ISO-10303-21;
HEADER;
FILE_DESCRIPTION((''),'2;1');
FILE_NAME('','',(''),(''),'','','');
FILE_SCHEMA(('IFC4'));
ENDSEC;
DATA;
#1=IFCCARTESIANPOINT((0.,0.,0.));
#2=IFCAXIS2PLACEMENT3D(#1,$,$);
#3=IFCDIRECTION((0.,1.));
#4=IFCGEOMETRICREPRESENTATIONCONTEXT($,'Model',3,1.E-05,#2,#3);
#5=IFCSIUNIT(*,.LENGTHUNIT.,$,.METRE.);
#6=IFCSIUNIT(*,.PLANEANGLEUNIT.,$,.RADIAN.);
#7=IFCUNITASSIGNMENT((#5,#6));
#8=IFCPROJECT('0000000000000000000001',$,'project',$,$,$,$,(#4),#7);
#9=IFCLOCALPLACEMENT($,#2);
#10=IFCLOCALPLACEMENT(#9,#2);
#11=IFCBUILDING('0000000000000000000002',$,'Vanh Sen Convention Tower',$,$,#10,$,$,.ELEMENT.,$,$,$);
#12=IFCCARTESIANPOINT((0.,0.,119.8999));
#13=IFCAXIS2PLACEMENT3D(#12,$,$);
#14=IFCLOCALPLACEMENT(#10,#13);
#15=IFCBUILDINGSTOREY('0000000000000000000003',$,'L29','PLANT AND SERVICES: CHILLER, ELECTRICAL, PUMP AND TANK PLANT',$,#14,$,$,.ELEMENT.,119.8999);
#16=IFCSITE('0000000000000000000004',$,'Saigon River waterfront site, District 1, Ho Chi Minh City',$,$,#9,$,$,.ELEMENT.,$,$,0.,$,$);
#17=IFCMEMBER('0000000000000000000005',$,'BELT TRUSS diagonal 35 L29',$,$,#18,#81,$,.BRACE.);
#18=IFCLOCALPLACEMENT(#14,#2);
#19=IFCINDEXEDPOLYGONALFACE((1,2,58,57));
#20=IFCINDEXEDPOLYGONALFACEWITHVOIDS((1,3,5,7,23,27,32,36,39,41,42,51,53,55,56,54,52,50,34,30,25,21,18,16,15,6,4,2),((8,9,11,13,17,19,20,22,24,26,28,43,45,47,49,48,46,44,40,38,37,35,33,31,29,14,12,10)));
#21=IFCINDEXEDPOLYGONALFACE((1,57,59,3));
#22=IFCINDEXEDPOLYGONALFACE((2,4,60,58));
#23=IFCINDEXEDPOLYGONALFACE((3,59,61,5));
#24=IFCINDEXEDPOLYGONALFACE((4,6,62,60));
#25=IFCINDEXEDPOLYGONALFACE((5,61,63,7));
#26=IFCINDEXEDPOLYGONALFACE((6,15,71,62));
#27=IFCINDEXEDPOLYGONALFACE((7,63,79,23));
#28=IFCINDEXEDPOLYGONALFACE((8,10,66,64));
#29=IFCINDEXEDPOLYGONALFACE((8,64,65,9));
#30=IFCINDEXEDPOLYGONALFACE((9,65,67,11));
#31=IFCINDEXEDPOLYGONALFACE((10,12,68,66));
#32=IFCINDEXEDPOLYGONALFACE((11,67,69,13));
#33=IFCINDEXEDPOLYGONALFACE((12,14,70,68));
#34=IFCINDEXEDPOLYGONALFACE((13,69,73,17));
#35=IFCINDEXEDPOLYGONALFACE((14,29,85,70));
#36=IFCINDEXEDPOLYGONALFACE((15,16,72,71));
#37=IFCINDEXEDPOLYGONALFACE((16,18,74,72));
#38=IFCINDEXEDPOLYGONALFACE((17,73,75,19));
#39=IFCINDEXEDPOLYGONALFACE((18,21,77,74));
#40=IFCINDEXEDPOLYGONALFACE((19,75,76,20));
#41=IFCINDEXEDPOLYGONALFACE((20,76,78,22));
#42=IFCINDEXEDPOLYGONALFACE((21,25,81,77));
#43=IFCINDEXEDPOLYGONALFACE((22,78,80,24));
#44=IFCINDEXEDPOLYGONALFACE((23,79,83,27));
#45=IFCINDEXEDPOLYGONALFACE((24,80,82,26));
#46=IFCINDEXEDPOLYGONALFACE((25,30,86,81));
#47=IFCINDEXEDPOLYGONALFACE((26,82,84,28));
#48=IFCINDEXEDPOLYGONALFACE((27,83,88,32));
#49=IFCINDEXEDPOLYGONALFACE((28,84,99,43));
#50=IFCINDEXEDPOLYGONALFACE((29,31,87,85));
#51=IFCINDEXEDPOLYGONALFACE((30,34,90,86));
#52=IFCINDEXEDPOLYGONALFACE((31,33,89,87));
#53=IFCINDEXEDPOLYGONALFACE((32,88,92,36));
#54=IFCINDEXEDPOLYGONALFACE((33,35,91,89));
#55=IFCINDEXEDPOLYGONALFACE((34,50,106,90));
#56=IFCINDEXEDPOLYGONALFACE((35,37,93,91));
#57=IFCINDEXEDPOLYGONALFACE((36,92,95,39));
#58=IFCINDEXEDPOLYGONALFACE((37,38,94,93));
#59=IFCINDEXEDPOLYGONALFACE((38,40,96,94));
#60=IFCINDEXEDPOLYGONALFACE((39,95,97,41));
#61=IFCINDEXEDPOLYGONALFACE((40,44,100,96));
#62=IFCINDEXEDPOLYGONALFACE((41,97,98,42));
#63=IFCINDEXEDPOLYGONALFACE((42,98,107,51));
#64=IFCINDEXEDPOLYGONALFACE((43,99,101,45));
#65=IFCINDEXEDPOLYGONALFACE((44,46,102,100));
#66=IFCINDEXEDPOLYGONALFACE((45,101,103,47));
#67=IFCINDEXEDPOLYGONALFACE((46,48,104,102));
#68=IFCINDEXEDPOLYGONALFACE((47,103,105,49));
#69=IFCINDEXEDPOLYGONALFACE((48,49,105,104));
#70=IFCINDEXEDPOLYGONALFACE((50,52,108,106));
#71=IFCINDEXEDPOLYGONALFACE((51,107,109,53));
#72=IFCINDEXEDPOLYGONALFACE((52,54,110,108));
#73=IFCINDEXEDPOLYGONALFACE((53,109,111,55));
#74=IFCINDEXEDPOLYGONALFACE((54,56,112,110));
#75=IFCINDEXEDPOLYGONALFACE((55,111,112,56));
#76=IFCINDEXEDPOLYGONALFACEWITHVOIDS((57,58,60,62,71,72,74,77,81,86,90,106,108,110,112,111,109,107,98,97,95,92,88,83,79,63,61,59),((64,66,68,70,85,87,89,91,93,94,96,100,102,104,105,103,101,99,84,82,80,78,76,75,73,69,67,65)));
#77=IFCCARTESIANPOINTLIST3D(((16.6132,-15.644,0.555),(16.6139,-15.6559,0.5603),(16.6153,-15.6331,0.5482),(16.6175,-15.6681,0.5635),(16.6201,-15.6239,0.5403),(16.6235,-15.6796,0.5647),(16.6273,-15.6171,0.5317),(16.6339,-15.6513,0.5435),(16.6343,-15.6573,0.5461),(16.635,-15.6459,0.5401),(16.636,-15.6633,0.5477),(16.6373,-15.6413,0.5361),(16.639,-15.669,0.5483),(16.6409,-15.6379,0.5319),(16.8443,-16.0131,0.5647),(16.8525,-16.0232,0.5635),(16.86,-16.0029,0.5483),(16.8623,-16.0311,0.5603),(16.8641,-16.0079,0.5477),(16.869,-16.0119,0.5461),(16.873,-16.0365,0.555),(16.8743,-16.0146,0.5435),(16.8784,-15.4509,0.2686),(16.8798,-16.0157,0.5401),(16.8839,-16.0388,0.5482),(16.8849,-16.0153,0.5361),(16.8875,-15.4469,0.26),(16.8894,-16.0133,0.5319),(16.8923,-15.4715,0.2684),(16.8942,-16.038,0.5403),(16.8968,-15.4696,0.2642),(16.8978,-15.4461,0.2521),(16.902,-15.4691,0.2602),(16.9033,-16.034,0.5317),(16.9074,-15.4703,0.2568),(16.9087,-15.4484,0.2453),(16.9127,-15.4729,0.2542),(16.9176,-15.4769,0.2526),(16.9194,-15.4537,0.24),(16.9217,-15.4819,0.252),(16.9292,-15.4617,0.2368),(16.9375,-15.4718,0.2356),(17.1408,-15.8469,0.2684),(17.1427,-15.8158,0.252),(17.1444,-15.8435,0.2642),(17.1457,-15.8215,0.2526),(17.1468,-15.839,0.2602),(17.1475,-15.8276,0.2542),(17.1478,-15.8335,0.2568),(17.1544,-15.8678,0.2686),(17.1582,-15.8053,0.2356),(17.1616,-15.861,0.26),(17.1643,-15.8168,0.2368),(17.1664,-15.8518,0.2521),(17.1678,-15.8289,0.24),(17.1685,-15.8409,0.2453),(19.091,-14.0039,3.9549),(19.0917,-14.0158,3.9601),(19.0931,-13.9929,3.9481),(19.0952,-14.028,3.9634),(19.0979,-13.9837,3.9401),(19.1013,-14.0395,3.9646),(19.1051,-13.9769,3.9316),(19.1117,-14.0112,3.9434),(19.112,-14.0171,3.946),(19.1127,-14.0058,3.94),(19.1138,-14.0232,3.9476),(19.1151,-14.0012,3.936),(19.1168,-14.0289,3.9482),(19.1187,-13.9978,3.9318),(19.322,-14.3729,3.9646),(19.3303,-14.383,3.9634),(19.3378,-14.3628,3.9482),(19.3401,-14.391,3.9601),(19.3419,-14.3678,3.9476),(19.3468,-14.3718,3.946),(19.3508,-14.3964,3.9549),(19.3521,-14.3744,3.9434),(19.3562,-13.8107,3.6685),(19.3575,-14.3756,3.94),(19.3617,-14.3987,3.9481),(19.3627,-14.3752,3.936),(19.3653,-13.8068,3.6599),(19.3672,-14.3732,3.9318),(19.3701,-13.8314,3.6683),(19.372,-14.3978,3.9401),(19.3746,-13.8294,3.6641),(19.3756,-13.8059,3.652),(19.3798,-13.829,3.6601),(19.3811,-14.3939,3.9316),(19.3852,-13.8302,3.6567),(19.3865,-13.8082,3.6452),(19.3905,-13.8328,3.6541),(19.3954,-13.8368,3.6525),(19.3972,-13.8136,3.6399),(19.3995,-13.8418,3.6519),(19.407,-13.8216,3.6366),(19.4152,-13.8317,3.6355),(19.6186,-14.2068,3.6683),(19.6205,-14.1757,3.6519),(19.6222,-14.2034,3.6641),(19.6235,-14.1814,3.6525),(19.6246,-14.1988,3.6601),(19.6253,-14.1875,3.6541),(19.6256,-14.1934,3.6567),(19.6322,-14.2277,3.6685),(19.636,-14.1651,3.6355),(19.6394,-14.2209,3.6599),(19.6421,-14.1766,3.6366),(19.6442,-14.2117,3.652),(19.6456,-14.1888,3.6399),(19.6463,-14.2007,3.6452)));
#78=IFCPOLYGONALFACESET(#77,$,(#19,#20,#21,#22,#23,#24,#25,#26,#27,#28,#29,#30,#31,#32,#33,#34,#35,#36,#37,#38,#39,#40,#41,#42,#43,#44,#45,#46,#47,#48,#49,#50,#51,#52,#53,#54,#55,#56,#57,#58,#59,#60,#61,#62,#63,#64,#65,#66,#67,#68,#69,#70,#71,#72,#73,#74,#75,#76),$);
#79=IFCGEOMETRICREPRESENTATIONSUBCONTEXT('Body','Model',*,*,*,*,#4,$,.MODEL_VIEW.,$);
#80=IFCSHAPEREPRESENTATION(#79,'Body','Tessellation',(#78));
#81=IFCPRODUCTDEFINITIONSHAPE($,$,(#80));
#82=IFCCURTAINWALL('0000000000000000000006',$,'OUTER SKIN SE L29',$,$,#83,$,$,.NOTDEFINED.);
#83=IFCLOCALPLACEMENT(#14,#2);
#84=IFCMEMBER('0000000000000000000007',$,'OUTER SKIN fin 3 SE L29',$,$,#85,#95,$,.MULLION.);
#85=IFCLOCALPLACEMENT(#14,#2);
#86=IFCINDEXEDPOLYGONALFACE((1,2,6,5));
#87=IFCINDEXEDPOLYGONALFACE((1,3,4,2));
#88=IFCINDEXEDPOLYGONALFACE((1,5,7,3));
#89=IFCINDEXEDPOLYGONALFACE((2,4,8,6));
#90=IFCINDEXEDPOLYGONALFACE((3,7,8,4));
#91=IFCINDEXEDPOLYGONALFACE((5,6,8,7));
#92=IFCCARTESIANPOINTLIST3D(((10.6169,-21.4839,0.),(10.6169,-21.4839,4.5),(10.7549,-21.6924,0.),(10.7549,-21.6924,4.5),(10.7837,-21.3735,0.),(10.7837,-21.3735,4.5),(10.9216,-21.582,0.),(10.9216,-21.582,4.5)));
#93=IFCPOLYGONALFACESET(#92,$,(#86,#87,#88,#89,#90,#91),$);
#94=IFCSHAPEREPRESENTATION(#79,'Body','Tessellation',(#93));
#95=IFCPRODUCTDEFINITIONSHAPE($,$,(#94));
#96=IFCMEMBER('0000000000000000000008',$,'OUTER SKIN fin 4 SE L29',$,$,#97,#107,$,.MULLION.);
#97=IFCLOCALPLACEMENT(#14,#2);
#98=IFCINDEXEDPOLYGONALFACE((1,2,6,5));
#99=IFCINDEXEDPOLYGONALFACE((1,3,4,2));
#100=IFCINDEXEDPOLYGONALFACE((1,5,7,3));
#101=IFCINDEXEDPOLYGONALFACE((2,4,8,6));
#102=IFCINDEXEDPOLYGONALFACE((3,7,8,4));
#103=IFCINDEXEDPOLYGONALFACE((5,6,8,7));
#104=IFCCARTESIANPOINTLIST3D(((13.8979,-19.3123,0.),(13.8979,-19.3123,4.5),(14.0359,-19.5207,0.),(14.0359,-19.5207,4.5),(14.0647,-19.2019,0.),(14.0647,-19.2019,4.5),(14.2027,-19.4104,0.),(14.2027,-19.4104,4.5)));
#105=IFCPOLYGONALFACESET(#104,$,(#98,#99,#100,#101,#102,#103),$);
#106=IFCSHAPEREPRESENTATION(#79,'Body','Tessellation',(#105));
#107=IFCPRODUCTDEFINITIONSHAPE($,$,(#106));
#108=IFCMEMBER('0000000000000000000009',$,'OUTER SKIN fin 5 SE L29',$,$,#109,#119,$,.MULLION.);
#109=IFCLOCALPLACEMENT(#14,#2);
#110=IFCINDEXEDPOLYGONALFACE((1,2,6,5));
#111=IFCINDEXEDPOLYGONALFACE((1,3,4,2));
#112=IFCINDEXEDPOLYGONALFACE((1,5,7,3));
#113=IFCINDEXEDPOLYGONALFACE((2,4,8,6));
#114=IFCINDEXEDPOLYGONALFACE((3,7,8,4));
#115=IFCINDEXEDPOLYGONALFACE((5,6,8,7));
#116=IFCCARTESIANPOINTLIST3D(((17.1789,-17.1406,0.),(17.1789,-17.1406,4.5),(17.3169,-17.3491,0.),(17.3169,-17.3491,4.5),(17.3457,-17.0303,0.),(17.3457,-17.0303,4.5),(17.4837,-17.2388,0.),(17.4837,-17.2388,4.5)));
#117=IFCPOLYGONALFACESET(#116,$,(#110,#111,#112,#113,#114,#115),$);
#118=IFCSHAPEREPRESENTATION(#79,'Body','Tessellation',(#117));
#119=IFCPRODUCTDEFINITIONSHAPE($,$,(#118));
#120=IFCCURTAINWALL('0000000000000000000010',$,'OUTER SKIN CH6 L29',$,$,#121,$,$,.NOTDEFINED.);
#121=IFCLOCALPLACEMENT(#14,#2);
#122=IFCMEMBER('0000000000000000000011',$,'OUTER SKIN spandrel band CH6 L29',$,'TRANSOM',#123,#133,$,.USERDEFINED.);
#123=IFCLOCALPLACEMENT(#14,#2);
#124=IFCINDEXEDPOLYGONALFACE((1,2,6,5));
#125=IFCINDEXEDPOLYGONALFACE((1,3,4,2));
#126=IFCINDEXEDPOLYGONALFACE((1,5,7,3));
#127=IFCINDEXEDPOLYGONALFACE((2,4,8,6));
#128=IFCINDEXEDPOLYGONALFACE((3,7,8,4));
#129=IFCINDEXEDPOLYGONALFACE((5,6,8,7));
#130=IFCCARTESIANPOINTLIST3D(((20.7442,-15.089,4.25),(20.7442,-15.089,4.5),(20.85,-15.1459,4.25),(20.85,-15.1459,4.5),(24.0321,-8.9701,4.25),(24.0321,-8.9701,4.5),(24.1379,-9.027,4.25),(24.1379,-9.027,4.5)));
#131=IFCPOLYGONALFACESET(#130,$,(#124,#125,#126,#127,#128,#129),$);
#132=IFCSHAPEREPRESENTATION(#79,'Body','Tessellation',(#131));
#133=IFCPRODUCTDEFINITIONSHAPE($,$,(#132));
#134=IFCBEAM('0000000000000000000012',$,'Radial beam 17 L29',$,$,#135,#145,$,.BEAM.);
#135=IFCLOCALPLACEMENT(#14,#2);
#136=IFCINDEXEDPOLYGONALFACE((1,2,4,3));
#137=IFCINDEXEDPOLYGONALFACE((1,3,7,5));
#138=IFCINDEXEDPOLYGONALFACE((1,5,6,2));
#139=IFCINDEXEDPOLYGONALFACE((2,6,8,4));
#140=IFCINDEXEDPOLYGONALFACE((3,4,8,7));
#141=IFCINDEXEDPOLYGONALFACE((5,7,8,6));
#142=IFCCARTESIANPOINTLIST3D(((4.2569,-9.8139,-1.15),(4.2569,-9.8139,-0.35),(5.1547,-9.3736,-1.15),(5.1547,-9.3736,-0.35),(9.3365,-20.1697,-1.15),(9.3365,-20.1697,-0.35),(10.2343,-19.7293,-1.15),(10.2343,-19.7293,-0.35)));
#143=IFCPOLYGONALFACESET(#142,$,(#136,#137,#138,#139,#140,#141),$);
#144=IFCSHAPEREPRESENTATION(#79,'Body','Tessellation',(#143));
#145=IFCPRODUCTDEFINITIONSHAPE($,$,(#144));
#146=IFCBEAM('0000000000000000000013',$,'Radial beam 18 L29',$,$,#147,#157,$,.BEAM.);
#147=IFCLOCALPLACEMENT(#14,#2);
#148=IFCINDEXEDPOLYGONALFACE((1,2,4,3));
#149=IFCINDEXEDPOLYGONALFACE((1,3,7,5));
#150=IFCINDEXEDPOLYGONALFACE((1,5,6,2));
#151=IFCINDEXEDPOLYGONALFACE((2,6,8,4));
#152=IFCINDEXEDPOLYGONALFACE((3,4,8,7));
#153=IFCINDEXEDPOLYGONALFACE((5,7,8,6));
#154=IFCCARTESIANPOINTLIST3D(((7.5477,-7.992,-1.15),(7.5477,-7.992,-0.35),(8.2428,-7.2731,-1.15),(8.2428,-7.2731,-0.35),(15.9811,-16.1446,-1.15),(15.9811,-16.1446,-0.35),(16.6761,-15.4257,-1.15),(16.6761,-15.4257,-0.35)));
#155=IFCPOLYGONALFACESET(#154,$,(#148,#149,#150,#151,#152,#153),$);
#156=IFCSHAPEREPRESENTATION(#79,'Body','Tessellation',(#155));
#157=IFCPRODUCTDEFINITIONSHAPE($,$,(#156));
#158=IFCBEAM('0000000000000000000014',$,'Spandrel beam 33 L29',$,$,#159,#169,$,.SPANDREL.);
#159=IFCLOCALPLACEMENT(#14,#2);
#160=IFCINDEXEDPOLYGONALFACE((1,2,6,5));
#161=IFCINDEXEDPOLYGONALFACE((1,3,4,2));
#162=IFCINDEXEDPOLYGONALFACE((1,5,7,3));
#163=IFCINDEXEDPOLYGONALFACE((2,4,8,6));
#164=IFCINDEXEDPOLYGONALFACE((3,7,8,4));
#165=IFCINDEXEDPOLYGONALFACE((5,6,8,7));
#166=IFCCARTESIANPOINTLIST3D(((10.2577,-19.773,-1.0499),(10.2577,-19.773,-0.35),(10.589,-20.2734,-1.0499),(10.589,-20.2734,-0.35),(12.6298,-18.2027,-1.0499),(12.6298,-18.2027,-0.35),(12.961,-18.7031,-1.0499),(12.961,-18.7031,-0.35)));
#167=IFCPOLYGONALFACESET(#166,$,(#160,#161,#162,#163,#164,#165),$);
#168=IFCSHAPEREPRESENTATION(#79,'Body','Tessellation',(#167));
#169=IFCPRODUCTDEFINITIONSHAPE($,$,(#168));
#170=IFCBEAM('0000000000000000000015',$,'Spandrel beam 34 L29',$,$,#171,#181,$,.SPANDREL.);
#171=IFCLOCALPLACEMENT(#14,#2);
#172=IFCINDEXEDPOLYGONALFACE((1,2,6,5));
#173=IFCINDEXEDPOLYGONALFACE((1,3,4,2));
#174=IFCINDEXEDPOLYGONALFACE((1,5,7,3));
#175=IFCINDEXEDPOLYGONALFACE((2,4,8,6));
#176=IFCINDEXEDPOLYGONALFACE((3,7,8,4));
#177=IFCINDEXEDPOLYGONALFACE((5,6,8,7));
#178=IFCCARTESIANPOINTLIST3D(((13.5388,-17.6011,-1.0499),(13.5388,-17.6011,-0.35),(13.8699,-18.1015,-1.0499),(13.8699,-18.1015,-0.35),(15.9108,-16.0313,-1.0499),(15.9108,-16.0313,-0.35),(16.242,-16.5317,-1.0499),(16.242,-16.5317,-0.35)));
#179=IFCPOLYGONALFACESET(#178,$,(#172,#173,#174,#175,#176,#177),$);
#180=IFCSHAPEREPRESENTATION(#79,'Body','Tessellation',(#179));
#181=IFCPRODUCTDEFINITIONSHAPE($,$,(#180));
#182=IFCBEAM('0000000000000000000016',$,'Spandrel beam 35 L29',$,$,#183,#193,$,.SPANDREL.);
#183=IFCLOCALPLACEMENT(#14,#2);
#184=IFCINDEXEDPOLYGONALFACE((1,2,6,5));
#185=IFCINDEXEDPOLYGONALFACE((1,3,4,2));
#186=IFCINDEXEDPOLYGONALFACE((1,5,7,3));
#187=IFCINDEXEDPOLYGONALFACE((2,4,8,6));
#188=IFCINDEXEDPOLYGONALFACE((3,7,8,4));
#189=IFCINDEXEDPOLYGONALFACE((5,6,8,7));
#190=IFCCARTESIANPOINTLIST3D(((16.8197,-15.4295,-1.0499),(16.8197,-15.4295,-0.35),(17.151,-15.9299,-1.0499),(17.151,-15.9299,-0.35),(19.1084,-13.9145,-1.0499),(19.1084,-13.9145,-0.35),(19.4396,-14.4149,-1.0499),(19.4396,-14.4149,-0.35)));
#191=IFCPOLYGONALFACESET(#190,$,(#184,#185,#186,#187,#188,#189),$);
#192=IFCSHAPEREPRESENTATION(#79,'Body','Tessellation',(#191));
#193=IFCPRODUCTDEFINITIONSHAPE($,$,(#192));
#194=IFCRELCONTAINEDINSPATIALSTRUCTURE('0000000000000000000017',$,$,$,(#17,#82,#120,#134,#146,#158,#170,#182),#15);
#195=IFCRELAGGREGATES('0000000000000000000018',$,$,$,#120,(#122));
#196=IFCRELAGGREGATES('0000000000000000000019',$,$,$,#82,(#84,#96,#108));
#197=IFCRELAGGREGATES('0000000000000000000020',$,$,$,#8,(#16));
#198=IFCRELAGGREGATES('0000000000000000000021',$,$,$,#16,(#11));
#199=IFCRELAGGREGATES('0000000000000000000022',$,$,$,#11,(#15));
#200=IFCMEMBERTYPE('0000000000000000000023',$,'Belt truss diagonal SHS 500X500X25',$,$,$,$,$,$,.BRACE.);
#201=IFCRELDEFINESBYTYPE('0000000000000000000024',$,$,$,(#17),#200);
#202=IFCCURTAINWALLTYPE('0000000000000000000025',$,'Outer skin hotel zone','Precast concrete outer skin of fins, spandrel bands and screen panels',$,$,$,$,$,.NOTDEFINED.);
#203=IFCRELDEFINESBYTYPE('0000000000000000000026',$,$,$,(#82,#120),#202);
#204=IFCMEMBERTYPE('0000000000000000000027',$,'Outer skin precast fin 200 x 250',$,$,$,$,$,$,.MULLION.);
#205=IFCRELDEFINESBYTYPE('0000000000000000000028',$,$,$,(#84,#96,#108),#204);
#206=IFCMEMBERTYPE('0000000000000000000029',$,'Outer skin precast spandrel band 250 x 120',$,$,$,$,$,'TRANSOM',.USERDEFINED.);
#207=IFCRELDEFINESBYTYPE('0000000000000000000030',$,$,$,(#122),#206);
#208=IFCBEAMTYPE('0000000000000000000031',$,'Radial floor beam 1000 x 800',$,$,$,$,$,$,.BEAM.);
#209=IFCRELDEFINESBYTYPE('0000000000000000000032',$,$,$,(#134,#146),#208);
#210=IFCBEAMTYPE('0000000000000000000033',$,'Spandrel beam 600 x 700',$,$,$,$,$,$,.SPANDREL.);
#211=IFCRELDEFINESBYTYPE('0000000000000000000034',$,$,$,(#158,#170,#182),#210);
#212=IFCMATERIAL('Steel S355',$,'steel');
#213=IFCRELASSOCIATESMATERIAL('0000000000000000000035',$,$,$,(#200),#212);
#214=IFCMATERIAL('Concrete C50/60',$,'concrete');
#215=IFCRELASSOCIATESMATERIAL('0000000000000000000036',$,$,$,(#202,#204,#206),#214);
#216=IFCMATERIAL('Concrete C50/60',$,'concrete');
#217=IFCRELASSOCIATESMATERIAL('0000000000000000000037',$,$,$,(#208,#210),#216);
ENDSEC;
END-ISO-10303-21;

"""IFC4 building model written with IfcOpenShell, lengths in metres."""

from ifc_helpers import new_model, si_unit, direction, frame, origin, origin_2d, place, context, subcontext, project, spatial, rectangle, hollow_rectangle, extrude, material, material_profile, profile_set, type_object, element, aggregate, save


model = new_model("IFC4")

# Units and contexts
model_context = context("Model", 3, precision=1e-05, world=origin(), true_north=direction((0.0, 1.0)))
body_context = subcontext(model_context, "Body", "Model", "MODEL_VIEW")
ifc_project = project(units=[si_unit("LENGTHUNIT", "METRE"), si_unit("PLANEANGLEUNIT", "RADIAN")], contexts=[model_context])

# Site, building, storey
site_placement = place(None, origin())
site = spatial("IfcSite", under=ifc_project, at=site_placement, Name="Saigon River waterfront site, District 1, Ho Chi Minh City", CompositionType="ELEMENT", RefElevation=0.0)
building_placement = place(site_placement, origin())
building = spatial("IfcBuilding", under=site, at=building_placement, Name="Vanh Sen Convention Tower", CompositionType="ELEMENT")
storey_placement = place(building_placement, frame((0.0, 0.0, 119.8999)))
storey = spatial("IfcBuildingStorey", under=building, at=storey_placement, Name="L29", Description="PLANT AND SERVICES: CHILLER, ELECTRICAL, PUMP AND TANK PLANT", CompositionType="ELEMENT", Elevation=119.8999)

# Member
ifc_material_1 = material(Name="Steel S355", Category="steel")
ifc_material_profile_1 = material_profile(ifc_material_1, hollow_rectangle(XDim=0.5, YDim=0.5, WallThickness=0.0249, InnerFilletRadius=0.0249, OuterFilletRadius=0.05, at=origin_2d()), Name="SHS 500X500X25")
ifc_profile_set_1 = profile_set([ifc_material_profile_1], Name="Steel S355")
member_type_1 = type_object("IfcMemberType", Name="Belt truss diagonal SHS 500X500X25", PredefinedType="BRACE", material=ifc_profile_set_1)
member_1_placement = place(storey_placement, frame((16.8909, -15.7424, 0.4001), z_axis=(0.548741, 0.363232, 0.752958), x_axis=(-0.551967, 0.833866, 0.0)))
element("IfcMember", 1, at=member_1_placement, inside=storey, type_object=member_type_1, Name="BELT TRUSS diagonal 35 L29", PredefinedType="BRACE", context=body_context, shape_type="SweptSolid", body=[
    extrude(hollow_rectangle(XDim=0.5, YDim=0.5, WallThickness=0.0249, InnerFilletRadius=0.0249, OuterFilletRadius=0.05, at=origin_2d()), origin(), (0.0, 0.0, 1.0), 4.5154),
])

# Curtain wall, members
ifc_material_2 = material(Name="Concrete C50/60", Category="concrete")
curtain_wall_type = type_object("IfcCurtainWallType", Name="Outer skin hotel zone", Description="Precast concrete outer skin of fins, spandrel bands and screen panels", PredefinedType="NOTDEFINED", material=ifc_material_2)
curtain_wall_1_placement = place(storey_placement, origin())
curtain_wall_1 = element("IfcCurtainWall", 2, at=curtain_wall_1_placement, inside=storey, type_object=curtain_wall_type, Name="OUTER SKIN SE L29", PredefinedType="NOTDEFINED")
ifc_material_profile_2 = material_profile(ifc_material_2, rectangle(XDim=0.2, YDim=0.25, at=origin_2d()), Name="Outer skin precast fin 200 x 250")
ifc_profile_set_2 = profile_set([ifc_material_profile_2], Name="Concrete C50/60")
member_type_2 = type_object("IfcMemberType", Name="Outer skin precast fin 200 x 250", PredefinedType="MULLION", material=ifc_profile_set_2)
member_2_placement = place(storey_placement, frame((10.7693, -21.533, 0.0), z_axis=(0.0, 0.0, 1.0), x_axis=(0.833886, 0.551937, 0.0)))
member_2 = element("IfcMember", 3, at=member_2_placement, type_object=member_type_2, Name="OUTER SKIN fin 3 SE L29", PredefinedType="MULLION", context=body_context, shape_type="SweptSolid", body=[
    extrude(rectangle(XDim=0.2, YDim=0.25, at=origin_2d()), origin(), (0.0, 0.0, 1.0), 4.5),
])
member_3_placement = place(storey_placement, frame((14.0503, -19.3613, 0.0), z_axis=(0.0, 0.0, 1.0), x_axis=(0.833886, 0.551937, 0.0)))
member_3 = element("IfcMember", 4, at=member_3_placement, type_object=member_type_2, Name="OUTER SKIN fin 4 SE L29", PredefinedType="MULLION", context=body_context, shape_type="SweptSolid", body=[
    extrude(rectangle(XDim=0.2, YDim=0.25, at=origin_2d()), origin(), (0.0, 0.0, 1.0), 4.5),
])
member_4_placement = place(storey_placement, frame((17.3313, -17.1897, 0.0), z_axis=(0.0, 0.0, 1.0), x_axis=(0.833886, 0.551937, 0.0)))
member_4 = element("IfcMember", 5, at=member_4_placement, type_object=member_type_2, Name="OUTER SKIN fin 5 SE L29", PredefinedType="MULLION", context=body_context, shape_type="SweptSolid", body=[
    extrude(rectangle(XDim=0.2, YDim=0.25, at=origin_2d()), origin(), (0.0, 0.0, 1.0), 4.5),
])

# Curtain wall, member
curtain_wall_2_placement = place(storey_placement, origin())
curtain_wall_2 = element("IfcCurtainWall", 6, at=curtain_wall_2_placement, inside=storey, type_object=curtain_wall_type, Name="OUTER SKIN CH6 L29", PredefinedType="NOTDEFINED")
ifc_material_profile_3 = material_profile(ifc_material_2, rectangle(XDim=0.1201, YDim=0.25, at=origin_2d()), Name="Outer skin precast spandrel band 250 x 120")
ifc_profile_set_3 = profile_set([ifc_material_profile_3], Name="Concrete C50/60")
member_type_3 = type_object("IfcMemberType", Name="Outer skin precast spandrel band 250 x 120", ElementType="TRANSOM", PredefinedType="USERDEFINED", material=ifc_profile_set_3)
member_5_placement = place(storey_placement, frame((20.7971, -15.1174, 4.375), z_axis=(0.473324, 0.880888, 0.0), x_axis=(-0.880888, 0.473324, 0.0)))
member_5 = element("IfcMember", 7, at=member_5_placement, type_object=member_type_3, Name="OUTER SKIN spandrel band CH6 L29", ObjectType="TRANSOM", PredefinedType="USERDEFINED", context=body_context, shape_type="SweptSolid", body=[
    extrude(rectangle(XDim=0.1201, YDim=0.25, at=origin_2d()), origin(), (0.0, 0.0, 1.0), 6.9463),
])
aggregate(curtain_wall_2, [member_5])

# Beams
ifc_material_3 = material(Name="Concrete C50/60", Category="concrete")
ifc_material_profile_4 = material_profile(ifc_material_3, rectangle(XDim=1.0, YDim=0.8, at=origin_2d()), Name="RC 1000X800")
ifc_profile_set_4 = profile_set([ifc_material_profile_4], Name="Concrete C50/60")
beam_type_1 = type_object("IfcBeamType", Name="Radial floor beam 1000 x 800", PredefinedType="BEAM", material=ifc_profile_set_4)
beam_1_placement = place(storey_placement, frame((9.7854, -19.9495, -0.75), z_axis=(-0.440385, 0.897809, 0.0), x_axis=(-0.897809, -0.440385, 0.0)))
element("IfcBeam", 8, at=beam_1_placement, inside=storey, type_object=beam_type_1, Name="Radial beam 17 L29", PredefinedType="BEAM", context=body_context, shape_type="SweptSolid", body=[
    extrude(rectangle(XDim=1.0, YDim=0.8, at=origin_2d()), origin(), (0.0, 0.0, 1.0), 11.5344),
])
beam_2_placement = place(storey_placement, frame((16.3286, -15.7852, -0.75), z_axis=(-0.718973, 0.695038, 0.0), x_axis=(-0.695038, -0.718973, 0.0)))
element("IfcBeam", 9, at=beam_2_placement, inside=storey, type_object=beam_type_1, Name="Radial beam 18 L29", PredefinedType="BEAM", context=body_context, shape_type="SweptSolid", body=[
    extrude(rectangle(XDim=1.0, YDim=0.8, at=origin_2d()), origin(), (0.0, 0.0, 1.0), 11.7297),
])
ifc_material_profile_5 = material_profile(ifc_material_3, rectangle(XDim=0.6001, YDim=0.7, at=origin_2d()), Name="RC 600X700")
ifc_profile_set_5 = profile_set([ifc_material_profile_5], Name="Concrete C50/60")
beam_type_2 = type_object("IfcBeamType", Name="Spandrel beam 600 x 700", PredefinedType="SPANDREL", material=ifc_profile_set_5)
beam_3_placement = place(storey_placement, frame((10.4233, -20.0232, -0.7), z_axis=(0.833842, 0.552004, 0.0), x_axis=(-0.552004, 0.833842, 0.0)))
element("IfcBeam", 10, at=beam_3_placement, inside=storey, type_object=beam_type_2, Name="Spandrel beam 33 L29", PredefinedType="SPANDREL", context=body_context, shape_type="SweptSolid", body=[
    extrude(rectangle(XDim=0.6001, YDim=0.7, at=origin_2d()), origin(), (0.0, 0.0, 1.0), 2.8447),
])
beam_4_placement = place(storey_placement, frame((13.7043, -17.8513, -0.7), z_axis=(0.833921, 0.551884, 0.0), x_axis=(-0.551884, 0.833921, 0.0)))
element("IfcBeam", 11, at=beam_4_placement, inside=storey, type_object=beam_type_2, Name="Spandrel beam 34 L29", PredefinedType="SPANDREL", context=body_context, shape_type="SweptSolid", body=[
    extrude(rectangle(XDim=0.6001, YDim=0.7, at=origin_2d()), origin(), (0.0, 0.0, 1.0), 2.8445),
])
beam_5_placement = place(storey_placement, frame((16.9854, -15.6797, -0.7), z_axis=(0.833866, 0.551967, 0.0), x_axis=(-0.551967, 0.833866, 0.0)))
element("IfcBeam", 12, at=beam_5_placement, inside=storey, type_object=beam_type_2, Name="Spandrel beam 35 L29", PredefinedType="SPANDREL", context=body_context, shape_type="SweptSolid", body=[
    extrude(rectangle(XDim=0.6001, YDim=0.7, at=origin_2d()), origin(), (0.0, 0.0, 1.0), 2.7446),
])

aggregate(curtain_wall_1, [member_2, member_3, member_4])

save(model, "model.ifc")
